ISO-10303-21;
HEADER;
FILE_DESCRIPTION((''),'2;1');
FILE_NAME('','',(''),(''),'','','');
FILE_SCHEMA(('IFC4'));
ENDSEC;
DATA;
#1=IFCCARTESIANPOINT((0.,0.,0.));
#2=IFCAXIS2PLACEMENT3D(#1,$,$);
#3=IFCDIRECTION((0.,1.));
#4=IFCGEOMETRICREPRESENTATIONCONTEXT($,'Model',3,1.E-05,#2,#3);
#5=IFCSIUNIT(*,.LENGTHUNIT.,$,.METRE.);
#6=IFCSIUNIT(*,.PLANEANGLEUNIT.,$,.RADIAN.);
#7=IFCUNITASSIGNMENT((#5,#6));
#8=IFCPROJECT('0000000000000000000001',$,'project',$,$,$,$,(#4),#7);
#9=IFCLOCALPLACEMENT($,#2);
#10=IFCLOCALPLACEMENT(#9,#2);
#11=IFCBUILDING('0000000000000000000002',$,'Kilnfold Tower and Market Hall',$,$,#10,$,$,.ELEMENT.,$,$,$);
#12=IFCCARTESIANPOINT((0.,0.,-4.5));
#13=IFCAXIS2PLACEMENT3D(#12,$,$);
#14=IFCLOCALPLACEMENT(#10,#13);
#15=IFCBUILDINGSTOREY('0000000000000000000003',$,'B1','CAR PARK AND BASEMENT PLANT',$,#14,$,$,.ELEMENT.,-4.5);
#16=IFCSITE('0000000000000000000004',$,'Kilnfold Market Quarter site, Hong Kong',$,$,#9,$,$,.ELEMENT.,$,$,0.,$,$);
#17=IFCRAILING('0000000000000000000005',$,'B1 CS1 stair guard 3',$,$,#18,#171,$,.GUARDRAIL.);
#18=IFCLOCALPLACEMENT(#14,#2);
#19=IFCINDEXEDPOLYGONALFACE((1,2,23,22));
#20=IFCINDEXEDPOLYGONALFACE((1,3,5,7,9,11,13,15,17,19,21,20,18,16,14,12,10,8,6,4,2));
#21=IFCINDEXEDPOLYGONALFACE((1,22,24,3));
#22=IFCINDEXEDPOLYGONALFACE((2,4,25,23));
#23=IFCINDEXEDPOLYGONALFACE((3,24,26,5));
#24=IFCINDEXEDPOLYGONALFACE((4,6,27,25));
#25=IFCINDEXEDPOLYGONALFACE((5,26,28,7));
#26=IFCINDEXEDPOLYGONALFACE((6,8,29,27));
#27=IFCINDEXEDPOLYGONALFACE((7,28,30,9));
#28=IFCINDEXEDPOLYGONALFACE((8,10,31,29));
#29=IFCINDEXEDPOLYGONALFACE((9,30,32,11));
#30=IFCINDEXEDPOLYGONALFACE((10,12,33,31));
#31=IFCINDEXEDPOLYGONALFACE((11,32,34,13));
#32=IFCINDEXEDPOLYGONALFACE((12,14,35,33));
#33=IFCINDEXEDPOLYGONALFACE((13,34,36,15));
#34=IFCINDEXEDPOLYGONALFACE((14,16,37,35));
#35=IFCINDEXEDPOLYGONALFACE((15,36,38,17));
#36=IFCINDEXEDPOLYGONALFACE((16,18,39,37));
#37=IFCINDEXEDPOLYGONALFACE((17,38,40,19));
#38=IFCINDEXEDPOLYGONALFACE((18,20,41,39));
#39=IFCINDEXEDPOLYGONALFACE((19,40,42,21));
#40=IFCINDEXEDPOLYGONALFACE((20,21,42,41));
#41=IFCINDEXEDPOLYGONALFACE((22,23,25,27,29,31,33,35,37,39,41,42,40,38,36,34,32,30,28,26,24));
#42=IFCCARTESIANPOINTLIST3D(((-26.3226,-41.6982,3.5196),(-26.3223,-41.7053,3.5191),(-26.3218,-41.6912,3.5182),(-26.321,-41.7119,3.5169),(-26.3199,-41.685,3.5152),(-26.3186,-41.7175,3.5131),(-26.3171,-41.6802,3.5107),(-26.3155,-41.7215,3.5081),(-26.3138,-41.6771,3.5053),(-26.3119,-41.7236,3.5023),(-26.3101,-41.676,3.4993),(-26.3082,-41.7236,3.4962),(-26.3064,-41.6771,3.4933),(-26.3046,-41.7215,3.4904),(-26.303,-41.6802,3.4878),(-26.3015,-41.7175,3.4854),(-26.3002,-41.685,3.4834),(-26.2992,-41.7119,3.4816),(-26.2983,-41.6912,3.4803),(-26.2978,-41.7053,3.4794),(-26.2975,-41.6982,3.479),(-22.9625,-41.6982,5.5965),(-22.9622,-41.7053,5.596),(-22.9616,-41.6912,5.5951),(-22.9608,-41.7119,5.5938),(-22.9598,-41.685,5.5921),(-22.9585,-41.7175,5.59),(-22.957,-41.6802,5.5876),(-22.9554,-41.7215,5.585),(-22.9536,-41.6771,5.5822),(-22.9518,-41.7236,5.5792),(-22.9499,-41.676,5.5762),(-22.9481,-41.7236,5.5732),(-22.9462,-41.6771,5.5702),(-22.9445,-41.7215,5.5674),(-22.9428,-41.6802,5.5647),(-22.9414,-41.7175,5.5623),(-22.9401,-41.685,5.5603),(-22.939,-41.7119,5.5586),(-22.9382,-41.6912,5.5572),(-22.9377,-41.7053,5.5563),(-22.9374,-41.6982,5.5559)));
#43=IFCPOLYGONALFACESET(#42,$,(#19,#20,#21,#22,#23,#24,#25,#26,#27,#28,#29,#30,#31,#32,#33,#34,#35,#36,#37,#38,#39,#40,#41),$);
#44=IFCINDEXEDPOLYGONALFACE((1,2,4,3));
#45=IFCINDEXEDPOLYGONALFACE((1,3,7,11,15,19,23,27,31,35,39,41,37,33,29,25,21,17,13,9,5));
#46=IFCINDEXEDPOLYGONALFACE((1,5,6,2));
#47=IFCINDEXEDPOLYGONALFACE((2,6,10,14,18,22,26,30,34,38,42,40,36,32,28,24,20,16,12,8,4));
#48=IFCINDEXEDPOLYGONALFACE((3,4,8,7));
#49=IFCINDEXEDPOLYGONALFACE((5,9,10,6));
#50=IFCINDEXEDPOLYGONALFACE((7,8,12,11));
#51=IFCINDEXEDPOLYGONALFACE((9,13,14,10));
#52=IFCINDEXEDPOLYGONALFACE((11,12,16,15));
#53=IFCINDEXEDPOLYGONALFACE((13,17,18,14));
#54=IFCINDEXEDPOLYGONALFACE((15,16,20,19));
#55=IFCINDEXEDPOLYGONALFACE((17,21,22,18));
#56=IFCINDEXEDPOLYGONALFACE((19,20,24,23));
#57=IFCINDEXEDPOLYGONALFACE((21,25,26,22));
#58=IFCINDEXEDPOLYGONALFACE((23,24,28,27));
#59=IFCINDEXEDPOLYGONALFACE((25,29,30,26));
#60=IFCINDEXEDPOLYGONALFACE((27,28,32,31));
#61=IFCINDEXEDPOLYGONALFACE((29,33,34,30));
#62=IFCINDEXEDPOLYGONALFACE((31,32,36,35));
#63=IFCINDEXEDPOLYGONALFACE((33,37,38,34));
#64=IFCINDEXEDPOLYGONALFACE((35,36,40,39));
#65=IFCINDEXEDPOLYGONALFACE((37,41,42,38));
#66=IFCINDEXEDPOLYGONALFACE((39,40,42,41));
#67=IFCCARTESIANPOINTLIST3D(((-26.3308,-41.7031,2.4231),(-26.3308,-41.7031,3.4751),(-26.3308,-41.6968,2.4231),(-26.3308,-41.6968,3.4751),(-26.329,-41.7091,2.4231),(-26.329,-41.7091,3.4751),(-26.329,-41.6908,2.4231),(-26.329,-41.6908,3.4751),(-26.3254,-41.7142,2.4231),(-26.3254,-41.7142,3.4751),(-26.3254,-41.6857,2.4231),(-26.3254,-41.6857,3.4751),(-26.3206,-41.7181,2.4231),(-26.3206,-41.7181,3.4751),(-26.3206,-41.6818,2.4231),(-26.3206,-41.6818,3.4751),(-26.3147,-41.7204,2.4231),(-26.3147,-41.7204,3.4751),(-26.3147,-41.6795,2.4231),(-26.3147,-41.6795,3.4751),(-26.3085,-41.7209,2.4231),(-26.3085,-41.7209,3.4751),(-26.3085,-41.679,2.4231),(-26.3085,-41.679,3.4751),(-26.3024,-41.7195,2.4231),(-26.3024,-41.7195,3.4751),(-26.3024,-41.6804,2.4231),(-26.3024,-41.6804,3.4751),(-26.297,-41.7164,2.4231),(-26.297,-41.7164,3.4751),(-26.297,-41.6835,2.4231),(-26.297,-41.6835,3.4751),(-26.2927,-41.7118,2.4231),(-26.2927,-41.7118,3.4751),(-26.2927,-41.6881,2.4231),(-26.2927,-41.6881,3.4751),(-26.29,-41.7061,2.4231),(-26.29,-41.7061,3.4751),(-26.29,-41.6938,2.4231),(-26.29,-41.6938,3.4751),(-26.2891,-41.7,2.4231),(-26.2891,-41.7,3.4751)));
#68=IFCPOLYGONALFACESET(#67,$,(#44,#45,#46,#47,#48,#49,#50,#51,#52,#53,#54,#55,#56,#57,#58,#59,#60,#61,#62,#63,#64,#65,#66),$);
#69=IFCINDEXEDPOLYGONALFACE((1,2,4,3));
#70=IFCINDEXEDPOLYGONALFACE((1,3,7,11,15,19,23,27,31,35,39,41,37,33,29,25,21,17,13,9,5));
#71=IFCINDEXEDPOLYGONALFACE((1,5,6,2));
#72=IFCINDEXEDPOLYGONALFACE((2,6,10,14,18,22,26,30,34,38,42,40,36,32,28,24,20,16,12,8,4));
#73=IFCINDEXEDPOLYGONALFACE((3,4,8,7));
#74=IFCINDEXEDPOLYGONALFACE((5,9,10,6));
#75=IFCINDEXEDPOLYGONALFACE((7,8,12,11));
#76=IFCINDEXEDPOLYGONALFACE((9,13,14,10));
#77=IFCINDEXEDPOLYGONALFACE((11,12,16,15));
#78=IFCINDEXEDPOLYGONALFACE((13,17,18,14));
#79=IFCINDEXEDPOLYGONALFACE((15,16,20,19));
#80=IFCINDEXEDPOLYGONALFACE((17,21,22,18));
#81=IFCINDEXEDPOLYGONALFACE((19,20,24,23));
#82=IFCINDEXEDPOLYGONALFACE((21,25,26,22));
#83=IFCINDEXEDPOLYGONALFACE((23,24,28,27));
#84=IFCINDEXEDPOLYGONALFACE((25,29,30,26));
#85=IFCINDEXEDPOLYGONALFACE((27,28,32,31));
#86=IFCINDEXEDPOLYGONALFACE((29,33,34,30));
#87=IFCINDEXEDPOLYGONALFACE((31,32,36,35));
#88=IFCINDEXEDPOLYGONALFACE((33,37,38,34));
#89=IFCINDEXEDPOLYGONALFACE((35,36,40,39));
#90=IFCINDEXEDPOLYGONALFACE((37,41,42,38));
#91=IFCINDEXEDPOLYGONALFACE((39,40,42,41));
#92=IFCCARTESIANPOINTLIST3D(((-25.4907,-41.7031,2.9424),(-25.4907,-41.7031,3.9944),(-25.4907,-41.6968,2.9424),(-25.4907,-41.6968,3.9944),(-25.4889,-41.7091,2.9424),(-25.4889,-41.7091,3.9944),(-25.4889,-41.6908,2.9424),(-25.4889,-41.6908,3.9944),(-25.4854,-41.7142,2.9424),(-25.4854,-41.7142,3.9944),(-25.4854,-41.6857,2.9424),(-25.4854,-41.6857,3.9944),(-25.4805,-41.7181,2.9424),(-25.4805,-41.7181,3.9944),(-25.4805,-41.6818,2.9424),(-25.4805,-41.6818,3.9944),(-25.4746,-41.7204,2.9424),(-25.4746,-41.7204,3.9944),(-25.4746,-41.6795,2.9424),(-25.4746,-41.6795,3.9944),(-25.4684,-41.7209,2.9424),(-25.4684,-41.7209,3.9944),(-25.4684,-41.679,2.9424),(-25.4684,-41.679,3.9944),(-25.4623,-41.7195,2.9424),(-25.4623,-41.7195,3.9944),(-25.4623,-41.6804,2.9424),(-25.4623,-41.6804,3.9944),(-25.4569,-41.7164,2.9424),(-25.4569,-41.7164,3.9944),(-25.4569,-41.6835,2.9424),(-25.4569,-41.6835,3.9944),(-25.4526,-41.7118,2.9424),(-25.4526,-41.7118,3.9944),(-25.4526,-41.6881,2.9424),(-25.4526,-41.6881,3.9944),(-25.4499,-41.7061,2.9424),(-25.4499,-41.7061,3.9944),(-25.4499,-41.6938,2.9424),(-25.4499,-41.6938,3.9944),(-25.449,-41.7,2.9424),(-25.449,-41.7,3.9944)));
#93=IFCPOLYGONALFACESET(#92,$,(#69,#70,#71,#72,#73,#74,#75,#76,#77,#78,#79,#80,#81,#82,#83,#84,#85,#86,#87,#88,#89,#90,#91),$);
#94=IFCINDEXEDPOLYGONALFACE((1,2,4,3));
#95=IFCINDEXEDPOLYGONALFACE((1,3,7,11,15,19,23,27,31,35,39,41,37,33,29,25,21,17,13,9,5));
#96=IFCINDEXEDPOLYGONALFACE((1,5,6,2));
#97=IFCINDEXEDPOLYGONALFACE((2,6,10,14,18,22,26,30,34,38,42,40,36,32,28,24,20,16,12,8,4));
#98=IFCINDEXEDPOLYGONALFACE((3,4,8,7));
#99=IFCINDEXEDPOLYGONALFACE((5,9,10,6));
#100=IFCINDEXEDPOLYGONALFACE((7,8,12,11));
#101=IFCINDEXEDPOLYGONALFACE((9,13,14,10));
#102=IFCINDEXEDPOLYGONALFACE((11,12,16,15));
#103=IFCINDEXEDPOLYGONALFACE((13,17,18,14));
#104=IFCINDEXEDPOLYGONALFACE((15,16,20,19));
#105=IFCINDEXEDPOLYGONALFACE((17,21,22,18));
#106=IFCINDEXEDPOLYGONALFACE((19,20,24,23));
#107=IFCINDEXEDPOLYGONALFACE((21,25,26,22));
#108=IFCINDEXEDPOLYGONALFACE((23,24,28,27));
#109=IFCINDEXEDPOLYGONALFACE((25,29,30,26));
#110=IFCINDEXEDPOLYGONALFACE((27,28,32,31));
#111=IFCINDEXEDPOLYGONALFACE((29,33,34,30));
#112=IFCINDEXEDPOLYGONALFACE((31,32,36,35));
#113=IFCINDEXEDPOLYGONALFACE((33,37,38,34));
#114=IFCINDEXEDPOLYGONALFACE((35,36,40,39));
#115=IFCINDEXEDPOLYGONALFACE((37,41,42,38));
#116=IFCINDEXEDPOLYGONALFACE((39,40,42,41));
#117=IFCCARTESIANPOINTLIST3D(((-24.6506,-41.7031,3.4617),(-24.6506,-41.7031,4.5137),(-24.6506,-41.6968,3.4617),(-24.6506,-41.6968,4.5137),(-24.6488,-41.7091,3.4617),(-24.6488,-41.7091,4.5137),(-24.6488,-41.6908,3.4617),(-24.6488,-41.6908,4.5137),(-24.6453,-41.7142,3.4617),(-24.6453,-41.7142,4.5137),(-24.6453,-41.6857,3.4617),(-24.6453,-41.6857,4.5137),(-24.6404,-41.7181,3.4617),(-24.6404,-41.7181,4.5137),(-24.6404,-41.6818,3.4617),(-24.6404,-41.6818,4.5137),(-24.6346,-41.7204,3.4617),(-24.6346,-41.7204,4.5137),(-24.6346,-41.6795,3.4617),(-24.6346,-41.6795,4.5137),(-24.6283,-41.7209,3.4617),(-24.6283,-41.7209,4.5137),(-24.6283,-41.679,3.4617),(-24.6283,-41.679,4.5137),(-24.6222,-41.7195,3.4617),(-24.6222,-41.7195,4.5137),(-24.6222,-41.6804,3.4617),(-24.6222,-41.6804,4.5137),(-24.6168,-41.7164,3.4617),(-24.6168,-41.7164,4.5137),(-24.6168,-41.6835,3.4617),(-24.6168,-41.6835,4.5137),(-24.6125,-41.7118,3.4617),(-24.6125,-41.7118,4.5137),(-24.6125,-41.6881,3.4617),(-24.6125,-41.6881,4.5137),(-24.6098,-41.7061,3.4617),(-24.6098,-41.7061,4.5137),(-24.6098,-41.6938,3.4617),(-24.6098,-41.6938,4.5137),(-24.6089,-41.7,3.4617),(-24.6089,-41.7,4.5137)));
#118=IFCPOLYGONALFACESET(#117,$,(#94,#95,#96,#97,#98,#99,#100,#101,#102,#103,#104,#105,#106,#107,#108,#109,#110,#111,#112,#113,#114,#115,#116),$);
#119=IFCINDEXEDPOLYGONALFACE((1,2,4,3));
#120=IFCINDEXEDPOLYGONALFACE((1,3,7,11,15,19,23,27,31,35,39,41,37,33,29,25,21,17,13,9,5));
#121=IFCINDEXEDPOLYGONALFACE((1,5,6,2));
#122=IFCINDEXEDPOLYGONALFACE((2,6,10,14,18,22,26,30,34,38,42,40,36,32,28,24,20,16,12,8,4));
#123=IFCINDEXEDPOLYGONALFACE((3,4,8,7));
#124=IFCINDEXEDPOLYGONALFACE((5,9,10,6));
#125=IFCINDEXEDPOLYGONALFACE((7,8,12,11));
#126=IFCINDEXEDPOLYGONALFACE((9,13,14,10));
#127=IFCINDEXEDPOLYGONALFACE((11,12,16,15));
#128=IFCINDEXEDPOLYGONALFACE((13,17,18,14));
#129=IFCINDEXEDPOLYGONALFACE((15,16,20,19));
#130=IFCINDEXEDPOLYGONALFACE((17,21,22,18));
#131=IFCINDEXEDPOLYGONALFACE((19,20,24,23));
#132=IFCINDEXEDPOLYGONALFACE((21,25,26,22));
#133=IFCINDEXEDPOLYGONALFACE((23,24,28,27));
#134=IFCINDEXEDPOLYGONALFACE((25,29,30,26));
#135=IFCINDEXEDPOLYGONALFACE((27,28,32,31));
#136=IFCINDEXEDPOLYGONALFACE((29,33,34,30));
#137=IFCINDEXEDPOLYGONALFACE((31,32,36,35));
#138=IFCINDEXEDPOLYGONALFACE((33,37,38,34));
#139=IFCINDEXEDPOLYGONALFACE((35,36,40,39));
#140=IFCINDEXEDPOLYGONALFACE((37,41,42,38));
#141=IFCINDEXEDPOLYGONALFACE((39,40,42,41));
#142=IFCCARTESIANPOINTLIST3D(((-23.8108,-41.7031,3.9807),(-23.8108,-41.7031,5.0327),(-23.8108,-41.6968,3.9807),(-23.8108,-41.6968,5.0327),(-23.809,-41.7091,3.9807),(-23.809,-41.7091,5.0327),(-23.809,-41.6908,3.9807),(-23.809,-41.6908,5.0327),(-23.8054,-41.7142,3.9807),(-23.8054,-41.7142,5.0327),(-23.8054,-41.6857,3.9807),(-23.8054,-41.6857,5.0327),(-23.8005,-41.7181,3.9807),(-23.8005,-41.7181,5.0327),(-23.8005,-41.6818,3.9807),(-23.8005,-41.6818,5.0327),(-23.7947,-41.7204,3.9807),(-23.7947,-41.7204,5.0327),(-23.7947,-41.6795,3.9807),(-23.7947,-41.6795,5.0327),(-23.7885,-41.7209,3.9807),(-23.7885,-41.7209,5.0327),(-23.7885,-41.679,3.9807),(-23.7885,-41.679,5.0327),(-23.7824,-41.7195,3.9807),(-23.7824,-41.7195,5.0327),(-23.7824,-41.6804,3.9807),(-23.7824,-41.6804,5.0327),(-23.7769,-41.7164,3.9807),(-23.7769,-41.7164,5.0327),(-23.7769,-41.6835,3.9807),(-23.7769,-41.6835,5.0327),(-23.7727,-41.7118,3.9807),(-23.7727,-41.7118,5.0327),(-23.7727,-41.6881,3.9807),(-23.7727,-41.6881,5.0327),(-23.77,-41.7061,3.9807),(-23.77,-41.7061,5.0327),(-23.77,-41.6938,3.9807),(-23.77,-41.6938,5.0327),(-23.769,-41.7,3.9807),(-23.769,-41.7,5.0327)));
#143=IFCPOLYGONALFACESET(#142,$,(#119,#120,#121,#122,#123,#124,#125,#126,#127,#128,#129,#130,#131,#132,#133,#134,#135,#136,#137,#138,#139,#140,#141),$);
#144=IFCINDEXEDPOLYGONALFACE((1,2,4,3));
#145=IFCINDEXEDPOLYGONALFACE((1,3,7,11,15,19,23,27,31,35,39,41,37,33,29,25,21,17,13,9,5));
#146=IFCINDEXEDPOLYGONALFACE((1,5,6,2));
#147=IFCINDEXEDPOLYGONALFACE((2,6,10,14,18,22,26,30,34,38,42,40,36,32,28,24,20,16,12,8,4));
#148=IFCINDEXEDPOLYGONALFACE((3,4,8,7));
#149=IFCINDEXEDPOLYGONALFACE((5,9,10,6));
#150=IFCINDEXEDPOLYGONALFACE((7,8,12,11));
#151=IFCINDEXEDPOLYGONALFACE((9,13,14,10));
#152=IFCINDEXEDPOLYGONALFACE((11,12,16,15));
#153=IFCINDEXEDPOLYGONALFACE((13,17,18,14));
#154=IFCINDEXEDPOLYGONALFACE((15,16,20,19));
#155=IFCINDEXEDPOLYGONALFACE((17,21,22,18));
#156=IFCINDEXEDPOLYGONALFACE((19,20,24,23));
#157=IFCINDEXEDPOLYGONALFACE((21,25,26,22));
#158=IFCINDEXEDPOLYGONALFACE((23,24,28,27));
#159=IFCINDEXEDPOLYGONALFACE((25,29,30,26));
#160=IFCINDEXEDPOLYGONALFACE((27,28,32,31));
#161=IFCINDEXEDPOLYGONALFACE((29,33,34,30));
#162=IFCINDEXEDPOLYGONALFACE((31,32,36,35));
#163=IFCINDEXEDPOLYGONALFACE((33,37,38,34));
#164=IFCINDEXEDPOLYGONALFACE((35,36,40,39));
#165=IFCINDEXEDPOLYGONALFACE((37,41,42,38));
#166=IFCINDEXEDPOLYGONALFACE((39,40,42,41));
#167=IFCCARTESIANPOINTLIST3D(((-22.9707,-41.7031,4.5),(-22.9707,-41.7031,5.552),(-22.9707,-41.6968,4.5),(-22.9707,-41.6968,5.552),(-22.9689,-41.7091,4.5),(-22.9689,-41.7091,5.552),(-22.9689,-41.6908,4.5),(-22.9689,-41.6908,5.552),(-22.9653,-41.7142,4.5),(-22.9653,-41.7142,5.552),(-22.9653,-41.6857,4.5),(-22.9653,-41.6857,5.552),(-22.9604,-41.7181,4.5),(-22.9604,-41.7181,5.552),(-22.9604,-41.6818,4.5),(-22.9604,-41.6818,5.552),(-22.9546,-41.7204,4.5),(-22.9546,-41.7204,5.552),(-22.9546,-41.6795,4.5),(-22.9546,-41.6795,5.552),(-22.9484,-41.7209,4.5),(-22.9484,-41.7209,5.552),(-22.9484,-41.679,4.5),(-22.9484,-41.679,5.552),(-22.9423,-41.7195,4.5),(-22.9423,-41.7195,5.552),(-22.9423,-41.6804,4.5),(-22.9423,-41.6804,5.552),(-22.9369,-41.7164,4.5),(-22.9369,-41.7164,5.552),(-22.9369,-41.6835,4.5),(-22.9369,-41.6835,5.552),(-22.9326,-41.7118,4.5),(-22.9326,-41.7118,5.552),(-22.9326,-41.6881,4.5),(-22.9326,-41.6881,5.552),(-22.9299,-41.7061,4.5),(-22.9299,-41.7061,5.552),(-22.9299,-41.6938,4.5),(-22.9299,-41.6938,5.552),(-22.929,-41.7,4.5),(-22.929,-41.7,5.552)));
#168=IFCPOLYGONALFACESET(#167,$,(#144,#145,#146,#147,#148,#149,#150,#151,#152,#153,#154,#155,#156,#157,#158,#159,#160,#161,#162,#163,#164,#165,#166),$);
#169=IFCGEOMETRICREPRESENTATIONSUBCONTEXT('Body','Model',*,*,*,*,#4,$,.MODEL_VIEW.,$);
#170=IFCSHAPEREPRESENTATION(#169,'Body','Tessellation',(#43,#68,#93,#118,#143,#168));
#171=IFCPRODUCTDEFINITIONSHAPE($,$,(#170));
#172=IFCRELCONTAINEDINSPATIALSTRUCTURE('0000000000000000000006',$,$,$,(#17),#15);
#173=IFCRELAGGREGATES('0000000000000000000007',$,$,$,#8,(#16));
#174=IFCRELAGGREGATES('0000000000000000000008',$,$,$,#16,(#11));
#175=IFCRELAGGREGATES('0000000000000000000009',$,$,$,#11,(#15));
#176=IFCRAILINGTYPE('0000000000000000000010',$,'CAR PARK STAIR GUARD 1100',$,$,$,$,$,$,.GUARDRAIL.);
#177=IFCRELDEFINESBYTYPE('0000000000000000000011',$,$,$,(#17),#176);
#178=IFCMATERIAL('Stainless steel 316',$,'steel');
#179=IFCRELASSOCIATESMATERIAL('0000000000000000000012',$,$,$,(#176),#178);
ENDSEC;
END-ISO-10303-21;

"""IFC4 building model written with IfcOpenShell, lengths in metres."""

from ifc_helpers import new_model, si_unit, direction, frame, origin, origin_2d, place, context, subcontext, project, spatial, circle, extrude, material, type_object, element, save


model = new_model("IFC4")

# Units and contexts
model_context = context("Model", 3, precision=1e-05, world=origin(), true_north=direction((0.0, 1.0)))
body_context = subcontext(model_context, "Body", "Model", "MODEL_VIEW")
ifc_project = project(units=[si_unit("LENGTHUNIT", "METRE"), si_unit("PLANEANGLEUNIT", "RADIAN")], contexts=[model_context])

# Site, building, storey
site_placement = place(None, origin())
site = spatial("IfcSite", under=ifc_project, at=site_placement, Name="Kilnfold Market Quarter site, Hong Kong", CompositionType="ELEMENT", RefElevation=0.0)
building_placement = place(site_placement, origin())
building = spatial("IfcBuilding", under=site, at=building_placement, Name="Kilnfold Tower and Market Hall", CompositionType="ELEMENT")
storey_placement = place(building_placement, frame((0.0, 0.0, -4.5)))
storey = spatial("IfcBuildingStorey", under=building, at=storey_placement, Name="B1", Description="CAR PARK AND BASEMENT PLANT", CompositionType="ELEMENT", Elevation=-4.5)

# Railing
ifc_material_1 = material(Name="Stainless steel 316", Category="steel")
railing_type_1 = type_object("IfcRailingType", Name="CAR PARK STAIR GUARD 1100", PredefinedType="GUARDRAIL", material=ifc_material_1)
railing_1_placement = place(storey_placement, frame((-26.3101, -41.7, 2.4231)))
element("IfcRailing", 1, at=railing_1_placement, inside=storey, type_object=railing_type_1, Name="B1 CS1 stair guard 3", PredefinedType="GUARDRAIL", context=body_context, shape_type="SweptSolid", body=[
    extrude(circle(Radius=0.0239, at=origin_2d()), frame((0.0, 0.0, 1.0762), z_axis=(0.850623, 0.0, 0.525776), x_axis=(0.0, 1.0, 0.0)), (0.0, 0.0, 1.0), 3.9502),
    extrude(circle(Radius=0.021, at=origin_2d()), origin(), (0.0, 0.0, 1.0), 1.052),
    extrude(circle(Radius=0.021, at=origin_2d()), frame((0.8401, 0.0, 0.5193)), (0.0, 0.0, 1.0), 1.052),
    extrude(circle(Radius=0.021, at=origin_2d()), frame((1.6802, 0.0, 1.0386)), (0.0, 0.0, 1.0), 1.052),
    extrude(circle(Radius=0.021, at=origin_2d()), frame((2.52, 0.0, 1.5576)), (0.0, 0.0, 1.0), 1.052),
    extrude(circle(Radius=0.021, at=origin_2d()), frame((3.3601, 0.0, 2.0769)), (0.0, 0.0, 1.0), 1.052),
])

save(model, "model.ifc")
